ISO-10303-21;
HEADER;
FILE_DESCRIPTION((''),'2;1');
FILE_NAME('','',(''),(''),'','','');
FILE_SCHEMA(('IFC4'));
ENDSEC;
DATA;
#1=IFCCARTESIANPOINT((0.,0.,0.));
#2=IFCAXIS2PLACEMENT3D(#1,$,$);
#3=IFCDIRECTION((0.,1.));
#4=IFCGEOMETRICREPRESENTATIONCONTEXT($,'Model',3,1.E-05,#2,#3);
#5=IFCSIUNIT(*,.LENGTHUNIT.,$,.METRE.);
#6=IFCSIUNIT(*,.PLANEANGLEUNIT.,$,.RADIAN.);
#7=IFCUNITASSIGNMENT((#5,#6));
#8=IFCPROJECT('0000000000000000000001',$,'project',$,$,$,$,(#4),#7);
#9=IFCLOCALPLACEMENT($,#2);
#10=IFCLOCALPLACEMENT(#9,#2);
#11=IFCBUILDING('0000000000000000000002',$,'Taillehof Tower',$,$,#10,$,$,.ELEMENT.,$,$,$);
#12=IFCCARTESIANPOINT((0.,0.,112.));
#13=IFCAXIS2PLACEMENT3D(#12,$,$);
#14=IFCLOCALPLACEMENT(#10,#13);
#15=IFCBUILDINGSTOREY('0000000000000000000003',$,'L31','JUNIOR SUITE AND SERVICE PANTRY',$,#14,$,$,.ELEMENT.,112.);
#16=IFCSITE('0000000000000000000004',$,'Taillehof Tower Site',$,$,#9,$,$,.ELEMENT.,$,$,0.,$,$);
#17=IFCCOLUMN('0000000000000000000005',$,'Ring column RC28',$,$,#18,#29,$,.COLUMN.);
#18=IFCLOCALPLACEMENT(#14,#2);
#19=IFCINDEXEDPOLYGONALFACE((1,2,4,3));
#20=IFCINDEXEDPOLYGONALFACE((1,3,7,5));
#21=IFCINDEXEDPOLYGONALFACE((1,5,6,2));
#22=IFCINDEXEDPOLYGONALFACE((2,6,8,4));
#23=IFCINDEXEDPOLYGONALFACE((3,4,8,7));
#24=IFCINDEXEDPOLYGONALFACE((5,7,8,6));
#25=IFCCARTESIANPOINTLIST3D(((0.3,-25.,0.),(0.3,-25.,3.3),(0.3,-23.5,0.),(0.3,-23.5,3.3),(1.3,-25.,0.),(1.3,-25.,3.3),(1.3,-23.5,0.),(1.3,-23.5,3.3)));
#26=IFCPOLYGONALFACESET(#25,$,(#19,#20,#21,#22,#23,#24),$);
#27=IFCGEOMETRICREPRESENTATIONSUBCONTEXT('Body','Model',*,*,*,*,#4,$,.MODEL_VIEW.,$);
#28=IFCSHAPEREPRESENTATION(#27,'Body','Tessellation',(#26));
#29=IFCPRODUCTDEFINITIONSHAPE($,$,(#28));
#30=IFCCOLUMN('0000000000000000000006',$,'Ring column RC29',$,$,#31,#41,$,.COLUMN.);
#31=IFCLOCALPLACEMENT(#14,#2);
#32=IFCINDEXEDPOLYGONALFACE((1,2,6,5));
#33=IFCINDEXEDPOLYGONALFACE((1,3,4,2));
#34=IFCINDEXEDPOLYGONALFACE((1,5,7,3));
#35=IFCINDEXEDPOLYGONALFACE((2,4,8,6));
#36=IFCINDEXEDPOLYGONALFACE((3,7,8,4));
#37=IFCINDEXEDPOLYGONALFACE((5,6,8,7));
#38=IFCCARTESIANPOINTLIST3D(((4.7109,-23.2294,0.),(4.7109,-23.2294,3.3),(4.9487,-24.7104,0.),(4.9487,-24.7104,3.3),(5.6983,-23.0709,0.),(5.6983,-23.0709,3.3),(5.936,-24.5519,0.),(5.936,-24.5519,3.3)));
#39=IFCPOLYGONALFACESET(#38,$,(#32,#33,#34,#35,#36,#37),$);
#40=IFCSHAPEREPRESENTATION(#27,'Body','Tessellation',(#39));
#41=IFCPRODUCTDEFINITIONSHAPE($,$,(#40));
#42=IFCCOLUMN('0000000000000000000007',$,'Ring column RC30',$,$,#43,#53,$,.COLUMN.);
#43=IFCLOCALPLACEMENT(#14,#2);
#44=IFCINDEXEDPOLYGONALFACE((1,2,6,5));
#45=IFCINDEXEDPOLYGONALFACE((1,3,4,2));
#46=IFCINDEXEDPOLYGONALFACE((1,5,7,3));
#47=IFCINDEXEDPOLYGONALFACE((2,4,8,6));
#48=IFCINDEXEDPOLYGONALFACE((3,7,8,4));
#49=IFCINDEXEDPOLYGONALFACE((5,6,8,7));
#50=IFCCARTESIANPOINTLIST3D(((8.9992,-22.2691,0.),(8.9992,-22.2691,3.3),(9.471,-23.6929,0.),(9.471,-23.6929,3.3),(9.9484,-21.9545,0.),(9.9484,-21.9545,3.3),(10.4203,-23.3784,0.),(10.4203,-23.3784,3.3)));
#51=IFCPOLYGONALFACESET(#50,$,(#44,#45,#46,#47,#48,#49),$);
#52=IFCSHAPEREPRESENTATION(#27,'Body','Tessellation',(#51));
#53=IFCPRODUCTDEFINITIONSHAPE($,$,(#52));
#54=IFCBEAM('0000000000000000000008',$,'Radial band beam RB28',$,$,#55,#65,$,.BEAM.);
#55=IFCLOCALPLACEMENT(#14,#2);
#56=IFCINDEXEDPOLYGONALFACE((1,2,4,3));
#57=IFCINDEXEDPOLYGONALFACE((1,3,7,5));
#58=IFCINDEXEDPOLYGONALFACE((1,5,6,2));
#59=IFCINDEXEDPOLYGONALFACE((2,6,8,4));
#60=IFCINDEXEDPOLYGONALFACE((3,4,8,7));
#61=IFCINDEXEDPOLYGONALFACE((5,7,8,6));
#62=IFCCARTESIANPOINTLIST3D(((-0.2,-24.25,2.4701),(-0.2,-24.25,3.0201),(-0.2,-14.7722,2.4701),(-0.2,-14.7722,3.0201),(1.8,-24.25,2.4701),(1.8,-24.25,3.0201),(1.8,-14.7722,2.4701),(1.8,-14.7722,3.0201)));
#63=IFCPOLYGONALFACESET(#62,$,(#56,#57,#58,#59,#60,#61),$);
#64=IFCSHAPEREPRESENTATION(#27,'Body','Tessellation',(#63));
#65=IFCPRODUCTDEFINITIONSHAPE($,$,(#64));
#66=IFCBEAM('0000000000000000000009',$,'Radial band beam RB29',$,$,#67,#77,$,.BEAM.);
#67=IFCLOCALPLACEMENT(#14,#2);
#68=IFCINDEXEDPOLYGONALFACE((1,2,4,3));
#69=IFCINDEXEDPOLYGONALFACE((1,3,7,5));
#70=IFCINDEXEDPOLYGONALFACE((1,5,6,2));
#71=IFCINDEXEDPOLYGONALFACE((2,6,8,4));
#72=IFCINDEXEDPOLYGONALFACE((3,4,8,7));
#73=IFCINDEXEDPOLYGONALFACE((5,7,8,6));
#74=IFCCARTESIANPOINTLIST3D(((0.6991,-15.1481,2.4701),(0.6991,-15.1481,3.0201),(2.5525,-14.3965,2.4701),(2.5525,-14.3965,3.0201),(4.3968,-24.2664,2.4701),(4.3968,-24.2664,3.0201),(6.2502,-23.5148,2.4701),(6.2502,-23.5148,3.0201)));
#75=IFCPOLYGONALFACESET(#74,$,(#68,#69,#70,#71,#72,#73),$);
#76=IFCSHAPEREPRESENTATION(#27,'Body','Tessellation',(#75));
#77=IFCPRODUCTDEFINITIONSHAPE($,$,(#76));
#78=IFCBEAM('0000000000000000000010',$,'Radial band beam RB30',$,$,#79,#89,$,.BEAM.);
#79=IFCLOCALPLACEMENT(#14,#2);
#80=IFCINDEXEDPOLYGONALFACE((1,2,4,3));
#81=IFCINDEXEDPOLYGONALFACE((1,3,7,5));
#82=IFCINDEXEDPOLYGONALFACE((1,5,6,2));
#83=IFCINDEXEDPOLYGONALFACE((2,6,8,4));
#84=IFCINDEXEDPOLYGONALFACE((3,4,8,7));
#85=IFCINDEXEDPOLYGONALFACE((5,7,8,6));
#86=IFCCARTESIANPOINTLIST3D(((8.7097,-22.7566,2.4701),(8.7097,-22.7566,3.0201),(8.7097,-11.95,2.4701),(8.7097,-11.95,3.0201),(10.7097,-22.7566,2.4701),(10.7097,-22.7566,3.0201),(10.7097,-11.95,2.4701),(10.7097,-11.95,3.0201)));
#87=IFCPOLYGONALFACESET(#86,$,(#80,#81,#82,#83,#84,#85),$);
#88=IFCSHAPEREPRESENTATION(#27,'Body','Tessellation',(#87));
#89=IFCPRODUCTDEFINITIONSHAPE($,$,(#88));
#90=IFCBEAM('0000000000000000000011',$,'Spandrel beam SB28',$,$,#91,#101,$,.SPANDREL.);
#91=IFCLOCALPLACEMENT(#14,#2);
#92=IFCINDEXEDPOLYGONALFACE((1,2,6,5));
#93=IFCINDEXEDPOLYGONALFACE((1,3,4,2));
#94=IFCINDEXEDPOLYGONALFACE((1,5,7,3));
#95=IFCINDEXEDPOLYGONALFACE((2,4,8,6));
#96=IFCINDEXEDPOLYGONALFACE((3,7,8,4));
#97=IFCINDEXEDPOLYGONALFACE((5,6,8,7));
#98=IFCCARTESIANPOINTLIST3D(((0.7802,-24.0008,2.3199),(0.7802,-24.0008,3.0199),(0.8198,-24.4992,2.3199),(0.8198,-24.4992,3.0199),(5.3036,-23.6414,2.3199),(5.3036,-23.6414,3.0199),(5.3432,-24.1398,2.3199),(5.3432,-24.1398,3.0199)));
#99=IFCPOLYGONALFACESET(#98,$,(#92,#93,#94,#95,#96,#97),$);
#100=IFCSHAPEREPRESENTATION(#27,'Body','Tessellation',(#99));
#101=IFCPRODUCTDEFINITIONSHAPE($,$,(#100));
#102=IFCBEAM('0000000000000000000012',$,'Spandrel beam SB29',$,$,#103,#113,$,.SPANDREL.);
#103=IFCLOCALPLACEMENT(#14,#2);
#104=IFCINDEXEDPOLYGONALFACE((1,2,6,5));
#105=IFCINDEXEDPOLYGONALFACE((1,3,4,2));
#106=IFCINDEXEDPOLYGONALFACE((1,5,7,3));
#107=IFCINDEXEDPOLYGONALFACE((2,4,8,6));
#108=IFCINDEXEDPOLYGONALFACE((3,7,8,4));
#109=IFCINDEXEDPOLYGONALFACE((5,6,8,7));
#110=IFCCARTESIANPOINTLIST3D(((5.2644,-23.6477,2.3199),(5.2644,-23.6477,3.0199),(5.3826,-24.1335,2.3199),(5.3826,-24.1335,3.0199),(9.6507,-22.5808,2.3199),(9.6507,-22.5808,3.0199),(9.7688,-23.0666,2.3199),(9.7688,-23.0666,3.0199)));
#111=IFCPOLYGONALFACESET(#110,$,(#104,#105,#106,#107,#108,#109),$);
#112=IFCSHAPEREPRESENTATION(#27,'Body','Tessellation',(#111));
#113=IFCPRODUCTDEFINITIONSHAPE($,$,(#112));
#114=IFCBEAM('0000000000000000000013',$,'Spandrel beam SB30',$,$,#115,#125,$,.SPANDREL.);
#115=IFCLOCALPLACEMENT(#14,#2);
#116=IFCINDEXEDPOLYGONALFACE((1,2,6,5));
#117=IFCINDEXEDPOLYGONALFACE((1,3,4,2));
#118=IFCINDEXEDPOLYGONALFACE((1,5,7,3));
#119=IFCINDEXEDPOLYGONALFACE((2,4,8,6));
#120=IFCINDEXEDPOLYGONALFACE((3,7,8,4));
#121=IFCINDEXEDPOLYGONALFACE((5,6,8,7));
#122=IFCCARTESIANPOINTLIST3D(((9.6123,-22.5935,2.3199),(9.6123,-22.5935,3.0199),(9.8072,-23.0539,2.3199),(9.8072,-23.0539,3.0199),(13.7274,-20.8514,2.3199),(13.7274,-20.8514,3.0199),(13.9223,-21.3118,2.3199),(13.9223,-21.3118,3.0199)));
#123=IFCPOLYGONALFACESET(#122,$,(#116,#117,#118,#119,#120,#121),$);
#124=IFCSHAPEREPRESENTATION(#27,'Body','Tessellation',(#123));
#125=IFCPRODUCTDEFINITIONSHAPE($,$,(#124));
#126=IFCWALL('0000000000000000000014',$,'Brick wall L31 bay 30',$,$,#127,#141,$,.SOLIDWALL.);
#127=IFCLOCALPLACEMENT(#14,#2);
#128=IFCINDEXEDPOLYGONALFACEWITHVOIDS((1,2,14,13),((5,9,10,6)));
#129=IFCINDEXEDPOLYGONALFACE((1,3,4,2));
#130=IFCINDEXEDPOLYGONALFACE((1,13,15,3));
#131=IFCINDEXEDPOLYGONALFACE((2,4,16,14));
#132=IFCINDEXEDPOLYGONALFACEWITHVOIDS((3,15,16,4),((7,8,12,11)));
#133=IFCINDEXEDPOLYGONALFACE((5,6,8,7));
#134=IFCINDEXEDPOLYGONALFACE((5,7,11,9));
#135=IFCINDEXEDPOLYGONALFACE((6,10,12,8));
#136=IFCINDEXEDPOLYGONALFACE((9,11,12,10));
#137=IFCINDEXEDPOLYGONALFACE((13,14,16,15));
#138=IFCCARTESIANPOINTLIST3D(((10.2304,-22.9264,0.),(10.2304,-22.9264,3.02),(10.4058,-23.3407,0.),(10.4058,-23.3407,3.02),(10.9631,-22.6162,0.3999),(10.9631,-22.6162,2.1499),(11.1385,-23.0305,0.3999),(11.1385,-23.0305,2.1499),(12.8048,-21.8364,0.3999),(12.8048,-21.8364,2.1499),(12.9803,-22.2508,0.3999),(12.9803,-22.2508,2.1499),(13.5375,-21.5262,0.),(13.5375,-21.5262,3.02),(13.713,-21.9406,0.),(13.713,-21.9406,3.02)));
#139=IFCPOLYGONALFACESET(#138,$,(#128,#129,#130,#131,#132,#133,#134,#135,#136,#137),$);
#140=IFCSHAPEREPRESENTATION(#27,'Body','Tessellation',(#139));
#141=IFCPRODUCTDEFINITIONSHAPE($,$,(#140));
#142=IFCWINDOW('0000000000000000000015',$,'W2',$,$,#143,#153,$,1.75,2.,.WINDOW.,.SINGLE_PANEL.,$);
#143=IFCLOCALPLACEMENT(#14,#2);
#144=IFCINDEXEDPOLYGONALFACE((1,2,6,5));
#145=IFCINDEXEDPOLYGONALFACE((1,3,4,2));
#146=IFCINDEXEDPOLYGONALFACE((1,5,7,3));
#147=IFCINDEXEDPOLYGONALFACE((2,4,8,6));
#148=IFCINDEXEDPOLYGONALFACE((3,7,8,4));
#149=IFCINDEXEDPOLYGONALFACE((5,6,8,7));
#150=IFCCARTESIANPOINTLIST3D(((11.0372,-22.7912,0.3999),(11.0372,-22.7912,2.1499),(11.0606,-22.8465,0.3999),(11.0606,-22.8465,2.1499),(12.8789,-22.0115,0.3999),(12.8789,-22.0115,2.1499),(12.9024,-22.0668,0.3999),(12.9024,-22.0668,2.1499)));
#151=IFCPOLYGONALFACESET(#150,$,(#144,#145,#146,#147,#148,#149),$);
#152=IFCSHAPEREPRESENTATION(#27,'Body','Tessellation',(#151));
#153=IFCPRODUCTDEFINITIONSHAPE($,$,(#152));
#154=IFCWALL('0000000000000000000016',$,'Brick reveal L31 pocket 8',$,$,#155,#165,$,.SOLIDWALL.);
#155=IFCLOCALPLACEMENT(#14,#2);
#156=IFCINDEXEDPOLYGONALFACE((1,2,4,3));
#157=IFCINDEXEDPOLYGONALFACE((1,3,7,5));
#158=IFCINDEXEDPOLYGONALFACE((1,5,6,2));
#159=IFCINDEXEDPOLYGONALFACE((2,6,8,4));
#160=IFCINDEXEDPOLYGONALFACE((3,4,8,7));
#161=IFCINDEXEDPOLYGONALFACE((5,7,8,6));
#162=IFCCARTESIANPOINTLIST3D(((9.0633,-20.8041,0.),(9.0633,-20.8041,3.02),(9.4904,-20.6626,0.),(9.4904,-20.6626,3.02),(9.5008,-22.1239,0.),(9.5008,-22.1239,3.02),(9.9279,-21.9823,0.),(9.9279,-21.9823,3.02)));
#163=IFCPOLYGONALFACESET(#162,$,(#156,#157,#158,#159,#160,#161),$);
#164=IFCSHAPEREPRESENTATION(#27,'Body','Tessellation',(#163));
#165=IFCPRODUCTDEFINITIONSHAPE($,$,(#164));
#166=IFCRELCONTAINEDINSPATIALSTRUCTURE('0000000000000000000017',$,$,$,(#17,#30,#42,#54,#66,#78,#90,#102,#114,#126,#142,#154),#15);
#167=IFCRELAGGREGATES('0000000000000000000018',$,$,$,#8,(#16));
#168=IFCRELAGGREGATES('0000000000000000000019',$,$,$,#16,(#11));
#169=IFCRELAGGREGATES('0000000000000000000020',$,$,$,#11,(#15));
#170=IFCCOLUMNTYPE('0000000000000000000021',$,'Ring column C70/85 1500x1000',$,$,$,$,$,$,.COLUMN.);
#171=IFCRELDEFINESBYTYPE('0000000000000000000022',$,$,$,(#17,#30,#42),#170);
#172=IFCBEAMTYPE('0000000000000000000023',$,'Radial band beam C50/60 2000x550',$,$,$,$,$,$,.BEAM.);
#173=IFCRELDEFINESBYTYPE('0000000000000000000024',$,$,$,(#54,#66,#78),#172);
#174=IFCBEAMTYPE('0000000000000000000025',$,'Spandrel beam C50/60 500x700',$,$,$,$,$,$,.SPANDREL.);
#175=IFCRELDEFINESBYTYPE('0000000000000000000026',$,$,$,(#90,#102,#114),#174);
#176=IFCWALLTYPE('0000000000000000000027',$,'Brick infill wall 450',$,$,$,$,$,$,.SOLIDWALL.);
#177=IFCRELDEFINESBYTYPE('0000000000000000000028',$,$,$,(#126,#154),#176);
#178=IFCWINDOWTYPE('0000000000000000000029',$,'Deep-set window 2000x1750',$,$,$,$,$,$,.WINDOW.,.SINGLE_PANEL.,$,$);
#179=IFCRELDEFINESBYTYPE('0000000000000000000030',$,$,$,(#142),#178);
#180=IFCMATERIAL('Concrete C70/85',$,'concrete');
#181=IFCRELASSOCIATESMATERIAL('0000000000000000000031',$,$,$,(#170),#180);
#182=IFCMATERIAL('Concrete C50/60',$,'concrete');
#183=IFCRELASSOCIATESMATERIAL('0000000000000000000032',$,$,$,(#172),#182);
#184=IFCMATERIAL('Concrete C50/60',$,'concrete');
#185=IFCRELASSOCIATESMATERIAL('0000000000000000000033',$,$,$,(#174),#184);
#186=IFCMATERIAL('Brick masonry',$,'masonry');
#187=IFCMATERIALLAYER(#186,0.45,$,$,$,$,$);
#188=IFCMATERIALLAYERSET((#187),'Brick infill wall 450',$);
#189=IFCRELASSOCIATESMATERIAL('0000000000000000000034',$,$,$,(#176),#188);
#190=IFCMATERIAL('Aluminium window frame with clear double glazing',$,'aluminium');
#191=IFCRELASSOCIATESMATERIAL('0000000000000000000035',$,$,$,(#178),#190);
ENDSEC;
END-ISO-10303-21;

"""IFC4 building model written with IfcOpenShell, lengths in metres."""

from ifc_helpers import new_model, si_unit, direction, frame, frame_2d, origin, origin_2d, place, context, subcontext, project, spatial, rectangle, extrude, material, layer, layer_set, material_profile, profile_set, type_object, element, fill, save


model = new_model("IFC4")

# Units and contexts
model_context = context("Model", 3, precision=1e-05, world=origin(), true_north=direction((0.0, 1.0)))
body_context = subcontext(model_context, "Body", "Model", "MODEL_VIEW")
ifc_project = project(units=[si_unit("LENGTHUNIT", "METRE"), si_unit("PLANEANGLEUNIT", "RADIAN")], contexts=[model_context])

# Site, building, storey
site_placement = place(None, origin())
site = spatial("IfcSite", under=ifc_project, at=site_placement, Name="Taillehof Tower Site", CompositionType="ELEMENT", RefElevation=0.0)
building_placement = place(site_placement, origin())
building = spatial("IfcBuilding", under=site, at=building_placement, Name="Taillehof Tower", CompositionType="ELEMENT")
storey_placement = place(building_placement, frame((0.0, 0.0, 112.0)))
storey = spatial("IfcBuildingStorey", under=building, at=storey_placement, Name="L31", Description="JUNIOR SUITE AND SERVICE PANTRY", CompositionType="ELEMENT", Elevation=112.0)

# Columns
ifc_material_1 = material(Name="Concrete C70/85", Category="concrete")
ifc_material_profile_1 = material_profile(ifc_material_1, rectangle(XDim=1.5, YDim=1.0, at=origin_2d()), Name="RC 1500x1000")
ifc_profile_set_1 = profile_set([ifc_material_profile_1], Name="Concrete C70/85")
column_type = type_object("IfcColumnType", Name="Ring column C70/85 1500x1000", PredefinedType="COLUMN", material=ifc_profile_set_1)
for number, where, z_axis, x_axis, name in (
    (1, (0.8, -24.25, 0.0), (0.0, 0.0, 1.0), (0.0, -1.0, 0.0), "Ring column RC28"),
    (2, (5.3235, -23.8906, 0.0), (0.0, 0.0, 1.0), (0.158507, -0.987358, 0.0), "Ring column RC29"),
    (3, (9.7097, -22.8237, 0.0), (0.0, 0.0, 1.0), (0.314555, -0.949239, 0.0), "Ring column RC30"),
):
    element("IfcColumn", number, at=place(storey_placement, frame(where, z_axis=z_axis, x_axis=x_axis)), inside=storey, type_object=column_type, Name=name, PredefinedType="COLUMN", context=body_context, shape_type="SweptSolid", body=[
        extrude(rectangle(XDim=1.5, YDim=1.0, at=origin_2d()), origin(), (0.0, 0.0, 1.0), 3.3),
    ])

# Beams
ifc_material_2 = material(Name="Concrete C50/60", Category="concrete")
ifc_material_profile_2 = material_profile(ifc_material_2, rectangle(XDim=2.0, YDim=0.55, at=origin_2d()), Name="RC 2000x550")
ifc_profile_set_2 = profile_set([ifc_material_profile_2], Name="Concrete C50/60")
beam_type_1 = type_object("IfcBeamType", Name="Radial band beam C50/60 2000x550", PredefinedType="BEAM", material=ifc_profile_set_2)
beam_1_placement = place(storey_placement, frame((0.8, -24.25, 2.7451), z_axis=(0.0, 1.0, 0.0), x_axis=(-1.0, 0.0, 0.0)))
element("IfcBeam", 4, at=beam_1_placement, inside=storey, type_object=beam_type_1, Name="Radial band beam RB28", PredefinedType="BEAM", context=body_context, shape_type="SweptSolid", body=[
    extrude(rectangle(XDim=2.0, YDim=0.55, at=origin_2d()), origin(), (0.0, 0.0, 1.0), 9.4778),
])
beam_2_placement = place(storey_placement, frame((5.3235, -23.8906, 2.7451), z_axis=(-0.375801, 0.9267, 0.0), x_axis=(-0.9267, -0.375801, 0.0)))
element("IfcBeam", 5, at=beam_2_placement, inside=storey, type_object=beam_type_1, Name="Radial band beam RB29", PredefinedType="BEAM", context=body_context, shape_type="SweptSolid", body=[
    extrude(rectangle(XDim=2.0, YDim=0.55, at=origin_2d()), origin(), (0.0, 0.0, 1.0), 9.8396),
])
beam_3_placement = place(storey_placement, frame((9.7097, -22.7566, 2.7451), z_axis=(0.0, 1.0, 0.0), x_axis=(-1.0, 0.0, 0.0)))
element("IfcBeam", 6, at=beam_3_placement, inside=storey, type_object=beam_type_1, Name="Radial band beam RB30", PredefinedType="BEAM", context=body_context, shape_type="SweptSolid", body=[
    extrude(rectangle(XDim=2.0, YDim=0.55, at=origin_2d()), origin(), (0.0, 0.0, 1.0), 10.8066),
])
ifc_material_3 = material(Name="Concrete C50/60", Category="concrete")
ifc_material_profile_3 = material_profile(ifc_material_3, rectangle(XDim=0.5, YDim=0.7, at=origin_2d()), Name="RC 500x700")
ifc_profile_set_3 = profile_set([ifc_material_profile_3], Name="Concrete C50/60")
beam_type_2 = type_object("IfcBeamType", Name="Spandrel beam C50/60 500x700", PredefinedType="SPANDREL", material=ifc_profile_set_3)
beam_4_placement = place(storey_placement, frame((0.8, -24.25, 2.6699), z_axis=(0.996859, 0.079198, 0.0), x_axis=(-0.079198, 0.996859, 0.0)))
element("IfcBeam", 7, at=beam_4_placement, inside=storey, type_object=beam_type_2, Name="Spandrel beam SB28", PredefinedType="SPANDREL", context=body_context, shape_type="SweptSolid", body=[
    extrude(rectangle(XDim=0.5, YDim=0.7, at=origin_2d()), origin(), (0.0, 0.0, 1.0), 4.5376),
])
beam_5_placement = place(storey_placement, frame((5.3235, -23.8906, 2.6699), z_axis=(0.971669, 0.236346, 0.0), x_axis=(-0.236346, 0.971669, 0.0)))
element("IfcBeam", 8, at=beam_5_placement, inside=storey, type_object=beam_type_2, Name="Spandrel beam SB29", PredefinedType="SPANDREL", context=body_context, shape_type="SweptSolid", body=[
    extrude(rectangle(XDim=0.5, YDim=0.7, at=origin_2d()), origin(), (0.0, 0.0, 1.0), 4.5142),
])
beam_6_placement = place(storey_placement, frame((9.7097, -22.8237, 2.6699), z_axis=(0.920877, 0.389854, 0.0), x_axis=(-0.389854, 0.920877, 0.0)))
element("IfcBeam", 9, at=beam_6_placement, inside=storey, type_object=beam_type_2, Name="Spandrel beam SB30", PredefinedType="SPANDREL", context=body_context, shape_type="SweptSolid", body=[
    extrude(rectangle(XDim=0.5, YDim=0.7, at=origin_2d()), origin(), (0.0, 0.0, 1.0), 4.4688),
])

# Wall, opening, window
ifc_material_4 = material(Name="Brick masonry", Category="masonry")
ifc_layer_1 = layer(ifc_material_4, 0.45)
ifc_layer_set_1 = layer_set([ifc_layer_1], Name="Brick infill wall 450")
wall_type_1 = type_object("IfcWallType", Name="Brick infill wall 450", PredefinedType="SOLIDWALL", material=ifc_layer_set_1)
wall_1_placement = place(storey_placement, frame((10.3181, -23.1335, 0.0), z_axis=(0.0, 0.0, 1.0), x_axis=(0.92087, 0.389871, 0.0)))
wall_1 = element("IfcWall", 10, at=wall_1_placement, inside=storey, type_object=wall_type_1, Name="Brick wall L31 bay 30", PredefinedType="SOLIDWALL", context=body_context, shape_type="SweptSolid", body=[
    extrude(rectangle(XDim=3.5913, YDim=0.45, at=frame_2d((1.7957, 0.0))), origin(), (0.0, 0.0, 1.0), 3.02),
])
opening_1_placement = place(wall_1_placement, frame((0.7957, 0.0, 0.3999)))
opening_1 = element("IfcOpeningElement", 11, at=opening_1_placement, cuts=wall_1, PredefinedType="OPENING", context=body_context, shape_type="SweptSolid", body=[
    extrude(rectangle(XDim=2.0, YDim=1.75, at=frame_2d((1.0, 0.875))), frame((0.0, 0.2349, 0.0), z_axis=(0.0, -1.0, 0.0), x_axis=(1.0, 0.0, 0.0)), (0.0, 0.0, 1.0), 0.47),
])
ifc_material_5 = material(Name="Aluminium window frame with clear double glazing", Category="aluminium")
window_type_1 = type_object("IfcWindowType", Name="Deep-set window 2000x1750", PartitioningType="SINGLE_PANEL", PredefinedType="WINDOW", material=ifc_material_5)
window_1_placement = place(opening_1_placement, origin())
window_1 = element("IfcWindow", 12, at=window_1_placement, inside=storey, type_object=window_type_1, Name="W2", OverallHeight=1.75, OverallWidth=2.0, PartitioningType="SINGLE_PANEL", PredefinedType="WINDOW", context=body_context, shape_type="SweptSolid", body=[
    extrude(rectangle(XDim=2.0, YDim=1.75, at=frame_2d((1.0, 0.875))), frame((0.0, 0.0349, 0.0), z_axis=(0.0, -1.0, 0.0), x_axis=(1.0, 0.0, 0.0)), (0.0, 0.0, 1.0), 0.0601),
])
fill(opening_1, window_1)

# Wall
wall_2_placement = place(storey_placement, frame((9.7144, -22.0532, 0.0), z_axis=(0.0, 0.0, 1.0), x_axis=(-0.314647, 0.949209, 0.0)))
element("IfcWall", 13, at=wall_2_placement, inside=storey, type_object=wall_type_1, Name="Brick reveal L31 pocket 8", PredefinedType="SOLIDWALL", context=body_context, shape_type="SweptSolid", body=[
    extrude(rectangle(XDim=1.3904, YDim=0.45, at=frame_2d((0.6953, 0.0))), origin(), (0.0, 0.0, 1.0), 3.02),
])

save(model, "model.ifc")
